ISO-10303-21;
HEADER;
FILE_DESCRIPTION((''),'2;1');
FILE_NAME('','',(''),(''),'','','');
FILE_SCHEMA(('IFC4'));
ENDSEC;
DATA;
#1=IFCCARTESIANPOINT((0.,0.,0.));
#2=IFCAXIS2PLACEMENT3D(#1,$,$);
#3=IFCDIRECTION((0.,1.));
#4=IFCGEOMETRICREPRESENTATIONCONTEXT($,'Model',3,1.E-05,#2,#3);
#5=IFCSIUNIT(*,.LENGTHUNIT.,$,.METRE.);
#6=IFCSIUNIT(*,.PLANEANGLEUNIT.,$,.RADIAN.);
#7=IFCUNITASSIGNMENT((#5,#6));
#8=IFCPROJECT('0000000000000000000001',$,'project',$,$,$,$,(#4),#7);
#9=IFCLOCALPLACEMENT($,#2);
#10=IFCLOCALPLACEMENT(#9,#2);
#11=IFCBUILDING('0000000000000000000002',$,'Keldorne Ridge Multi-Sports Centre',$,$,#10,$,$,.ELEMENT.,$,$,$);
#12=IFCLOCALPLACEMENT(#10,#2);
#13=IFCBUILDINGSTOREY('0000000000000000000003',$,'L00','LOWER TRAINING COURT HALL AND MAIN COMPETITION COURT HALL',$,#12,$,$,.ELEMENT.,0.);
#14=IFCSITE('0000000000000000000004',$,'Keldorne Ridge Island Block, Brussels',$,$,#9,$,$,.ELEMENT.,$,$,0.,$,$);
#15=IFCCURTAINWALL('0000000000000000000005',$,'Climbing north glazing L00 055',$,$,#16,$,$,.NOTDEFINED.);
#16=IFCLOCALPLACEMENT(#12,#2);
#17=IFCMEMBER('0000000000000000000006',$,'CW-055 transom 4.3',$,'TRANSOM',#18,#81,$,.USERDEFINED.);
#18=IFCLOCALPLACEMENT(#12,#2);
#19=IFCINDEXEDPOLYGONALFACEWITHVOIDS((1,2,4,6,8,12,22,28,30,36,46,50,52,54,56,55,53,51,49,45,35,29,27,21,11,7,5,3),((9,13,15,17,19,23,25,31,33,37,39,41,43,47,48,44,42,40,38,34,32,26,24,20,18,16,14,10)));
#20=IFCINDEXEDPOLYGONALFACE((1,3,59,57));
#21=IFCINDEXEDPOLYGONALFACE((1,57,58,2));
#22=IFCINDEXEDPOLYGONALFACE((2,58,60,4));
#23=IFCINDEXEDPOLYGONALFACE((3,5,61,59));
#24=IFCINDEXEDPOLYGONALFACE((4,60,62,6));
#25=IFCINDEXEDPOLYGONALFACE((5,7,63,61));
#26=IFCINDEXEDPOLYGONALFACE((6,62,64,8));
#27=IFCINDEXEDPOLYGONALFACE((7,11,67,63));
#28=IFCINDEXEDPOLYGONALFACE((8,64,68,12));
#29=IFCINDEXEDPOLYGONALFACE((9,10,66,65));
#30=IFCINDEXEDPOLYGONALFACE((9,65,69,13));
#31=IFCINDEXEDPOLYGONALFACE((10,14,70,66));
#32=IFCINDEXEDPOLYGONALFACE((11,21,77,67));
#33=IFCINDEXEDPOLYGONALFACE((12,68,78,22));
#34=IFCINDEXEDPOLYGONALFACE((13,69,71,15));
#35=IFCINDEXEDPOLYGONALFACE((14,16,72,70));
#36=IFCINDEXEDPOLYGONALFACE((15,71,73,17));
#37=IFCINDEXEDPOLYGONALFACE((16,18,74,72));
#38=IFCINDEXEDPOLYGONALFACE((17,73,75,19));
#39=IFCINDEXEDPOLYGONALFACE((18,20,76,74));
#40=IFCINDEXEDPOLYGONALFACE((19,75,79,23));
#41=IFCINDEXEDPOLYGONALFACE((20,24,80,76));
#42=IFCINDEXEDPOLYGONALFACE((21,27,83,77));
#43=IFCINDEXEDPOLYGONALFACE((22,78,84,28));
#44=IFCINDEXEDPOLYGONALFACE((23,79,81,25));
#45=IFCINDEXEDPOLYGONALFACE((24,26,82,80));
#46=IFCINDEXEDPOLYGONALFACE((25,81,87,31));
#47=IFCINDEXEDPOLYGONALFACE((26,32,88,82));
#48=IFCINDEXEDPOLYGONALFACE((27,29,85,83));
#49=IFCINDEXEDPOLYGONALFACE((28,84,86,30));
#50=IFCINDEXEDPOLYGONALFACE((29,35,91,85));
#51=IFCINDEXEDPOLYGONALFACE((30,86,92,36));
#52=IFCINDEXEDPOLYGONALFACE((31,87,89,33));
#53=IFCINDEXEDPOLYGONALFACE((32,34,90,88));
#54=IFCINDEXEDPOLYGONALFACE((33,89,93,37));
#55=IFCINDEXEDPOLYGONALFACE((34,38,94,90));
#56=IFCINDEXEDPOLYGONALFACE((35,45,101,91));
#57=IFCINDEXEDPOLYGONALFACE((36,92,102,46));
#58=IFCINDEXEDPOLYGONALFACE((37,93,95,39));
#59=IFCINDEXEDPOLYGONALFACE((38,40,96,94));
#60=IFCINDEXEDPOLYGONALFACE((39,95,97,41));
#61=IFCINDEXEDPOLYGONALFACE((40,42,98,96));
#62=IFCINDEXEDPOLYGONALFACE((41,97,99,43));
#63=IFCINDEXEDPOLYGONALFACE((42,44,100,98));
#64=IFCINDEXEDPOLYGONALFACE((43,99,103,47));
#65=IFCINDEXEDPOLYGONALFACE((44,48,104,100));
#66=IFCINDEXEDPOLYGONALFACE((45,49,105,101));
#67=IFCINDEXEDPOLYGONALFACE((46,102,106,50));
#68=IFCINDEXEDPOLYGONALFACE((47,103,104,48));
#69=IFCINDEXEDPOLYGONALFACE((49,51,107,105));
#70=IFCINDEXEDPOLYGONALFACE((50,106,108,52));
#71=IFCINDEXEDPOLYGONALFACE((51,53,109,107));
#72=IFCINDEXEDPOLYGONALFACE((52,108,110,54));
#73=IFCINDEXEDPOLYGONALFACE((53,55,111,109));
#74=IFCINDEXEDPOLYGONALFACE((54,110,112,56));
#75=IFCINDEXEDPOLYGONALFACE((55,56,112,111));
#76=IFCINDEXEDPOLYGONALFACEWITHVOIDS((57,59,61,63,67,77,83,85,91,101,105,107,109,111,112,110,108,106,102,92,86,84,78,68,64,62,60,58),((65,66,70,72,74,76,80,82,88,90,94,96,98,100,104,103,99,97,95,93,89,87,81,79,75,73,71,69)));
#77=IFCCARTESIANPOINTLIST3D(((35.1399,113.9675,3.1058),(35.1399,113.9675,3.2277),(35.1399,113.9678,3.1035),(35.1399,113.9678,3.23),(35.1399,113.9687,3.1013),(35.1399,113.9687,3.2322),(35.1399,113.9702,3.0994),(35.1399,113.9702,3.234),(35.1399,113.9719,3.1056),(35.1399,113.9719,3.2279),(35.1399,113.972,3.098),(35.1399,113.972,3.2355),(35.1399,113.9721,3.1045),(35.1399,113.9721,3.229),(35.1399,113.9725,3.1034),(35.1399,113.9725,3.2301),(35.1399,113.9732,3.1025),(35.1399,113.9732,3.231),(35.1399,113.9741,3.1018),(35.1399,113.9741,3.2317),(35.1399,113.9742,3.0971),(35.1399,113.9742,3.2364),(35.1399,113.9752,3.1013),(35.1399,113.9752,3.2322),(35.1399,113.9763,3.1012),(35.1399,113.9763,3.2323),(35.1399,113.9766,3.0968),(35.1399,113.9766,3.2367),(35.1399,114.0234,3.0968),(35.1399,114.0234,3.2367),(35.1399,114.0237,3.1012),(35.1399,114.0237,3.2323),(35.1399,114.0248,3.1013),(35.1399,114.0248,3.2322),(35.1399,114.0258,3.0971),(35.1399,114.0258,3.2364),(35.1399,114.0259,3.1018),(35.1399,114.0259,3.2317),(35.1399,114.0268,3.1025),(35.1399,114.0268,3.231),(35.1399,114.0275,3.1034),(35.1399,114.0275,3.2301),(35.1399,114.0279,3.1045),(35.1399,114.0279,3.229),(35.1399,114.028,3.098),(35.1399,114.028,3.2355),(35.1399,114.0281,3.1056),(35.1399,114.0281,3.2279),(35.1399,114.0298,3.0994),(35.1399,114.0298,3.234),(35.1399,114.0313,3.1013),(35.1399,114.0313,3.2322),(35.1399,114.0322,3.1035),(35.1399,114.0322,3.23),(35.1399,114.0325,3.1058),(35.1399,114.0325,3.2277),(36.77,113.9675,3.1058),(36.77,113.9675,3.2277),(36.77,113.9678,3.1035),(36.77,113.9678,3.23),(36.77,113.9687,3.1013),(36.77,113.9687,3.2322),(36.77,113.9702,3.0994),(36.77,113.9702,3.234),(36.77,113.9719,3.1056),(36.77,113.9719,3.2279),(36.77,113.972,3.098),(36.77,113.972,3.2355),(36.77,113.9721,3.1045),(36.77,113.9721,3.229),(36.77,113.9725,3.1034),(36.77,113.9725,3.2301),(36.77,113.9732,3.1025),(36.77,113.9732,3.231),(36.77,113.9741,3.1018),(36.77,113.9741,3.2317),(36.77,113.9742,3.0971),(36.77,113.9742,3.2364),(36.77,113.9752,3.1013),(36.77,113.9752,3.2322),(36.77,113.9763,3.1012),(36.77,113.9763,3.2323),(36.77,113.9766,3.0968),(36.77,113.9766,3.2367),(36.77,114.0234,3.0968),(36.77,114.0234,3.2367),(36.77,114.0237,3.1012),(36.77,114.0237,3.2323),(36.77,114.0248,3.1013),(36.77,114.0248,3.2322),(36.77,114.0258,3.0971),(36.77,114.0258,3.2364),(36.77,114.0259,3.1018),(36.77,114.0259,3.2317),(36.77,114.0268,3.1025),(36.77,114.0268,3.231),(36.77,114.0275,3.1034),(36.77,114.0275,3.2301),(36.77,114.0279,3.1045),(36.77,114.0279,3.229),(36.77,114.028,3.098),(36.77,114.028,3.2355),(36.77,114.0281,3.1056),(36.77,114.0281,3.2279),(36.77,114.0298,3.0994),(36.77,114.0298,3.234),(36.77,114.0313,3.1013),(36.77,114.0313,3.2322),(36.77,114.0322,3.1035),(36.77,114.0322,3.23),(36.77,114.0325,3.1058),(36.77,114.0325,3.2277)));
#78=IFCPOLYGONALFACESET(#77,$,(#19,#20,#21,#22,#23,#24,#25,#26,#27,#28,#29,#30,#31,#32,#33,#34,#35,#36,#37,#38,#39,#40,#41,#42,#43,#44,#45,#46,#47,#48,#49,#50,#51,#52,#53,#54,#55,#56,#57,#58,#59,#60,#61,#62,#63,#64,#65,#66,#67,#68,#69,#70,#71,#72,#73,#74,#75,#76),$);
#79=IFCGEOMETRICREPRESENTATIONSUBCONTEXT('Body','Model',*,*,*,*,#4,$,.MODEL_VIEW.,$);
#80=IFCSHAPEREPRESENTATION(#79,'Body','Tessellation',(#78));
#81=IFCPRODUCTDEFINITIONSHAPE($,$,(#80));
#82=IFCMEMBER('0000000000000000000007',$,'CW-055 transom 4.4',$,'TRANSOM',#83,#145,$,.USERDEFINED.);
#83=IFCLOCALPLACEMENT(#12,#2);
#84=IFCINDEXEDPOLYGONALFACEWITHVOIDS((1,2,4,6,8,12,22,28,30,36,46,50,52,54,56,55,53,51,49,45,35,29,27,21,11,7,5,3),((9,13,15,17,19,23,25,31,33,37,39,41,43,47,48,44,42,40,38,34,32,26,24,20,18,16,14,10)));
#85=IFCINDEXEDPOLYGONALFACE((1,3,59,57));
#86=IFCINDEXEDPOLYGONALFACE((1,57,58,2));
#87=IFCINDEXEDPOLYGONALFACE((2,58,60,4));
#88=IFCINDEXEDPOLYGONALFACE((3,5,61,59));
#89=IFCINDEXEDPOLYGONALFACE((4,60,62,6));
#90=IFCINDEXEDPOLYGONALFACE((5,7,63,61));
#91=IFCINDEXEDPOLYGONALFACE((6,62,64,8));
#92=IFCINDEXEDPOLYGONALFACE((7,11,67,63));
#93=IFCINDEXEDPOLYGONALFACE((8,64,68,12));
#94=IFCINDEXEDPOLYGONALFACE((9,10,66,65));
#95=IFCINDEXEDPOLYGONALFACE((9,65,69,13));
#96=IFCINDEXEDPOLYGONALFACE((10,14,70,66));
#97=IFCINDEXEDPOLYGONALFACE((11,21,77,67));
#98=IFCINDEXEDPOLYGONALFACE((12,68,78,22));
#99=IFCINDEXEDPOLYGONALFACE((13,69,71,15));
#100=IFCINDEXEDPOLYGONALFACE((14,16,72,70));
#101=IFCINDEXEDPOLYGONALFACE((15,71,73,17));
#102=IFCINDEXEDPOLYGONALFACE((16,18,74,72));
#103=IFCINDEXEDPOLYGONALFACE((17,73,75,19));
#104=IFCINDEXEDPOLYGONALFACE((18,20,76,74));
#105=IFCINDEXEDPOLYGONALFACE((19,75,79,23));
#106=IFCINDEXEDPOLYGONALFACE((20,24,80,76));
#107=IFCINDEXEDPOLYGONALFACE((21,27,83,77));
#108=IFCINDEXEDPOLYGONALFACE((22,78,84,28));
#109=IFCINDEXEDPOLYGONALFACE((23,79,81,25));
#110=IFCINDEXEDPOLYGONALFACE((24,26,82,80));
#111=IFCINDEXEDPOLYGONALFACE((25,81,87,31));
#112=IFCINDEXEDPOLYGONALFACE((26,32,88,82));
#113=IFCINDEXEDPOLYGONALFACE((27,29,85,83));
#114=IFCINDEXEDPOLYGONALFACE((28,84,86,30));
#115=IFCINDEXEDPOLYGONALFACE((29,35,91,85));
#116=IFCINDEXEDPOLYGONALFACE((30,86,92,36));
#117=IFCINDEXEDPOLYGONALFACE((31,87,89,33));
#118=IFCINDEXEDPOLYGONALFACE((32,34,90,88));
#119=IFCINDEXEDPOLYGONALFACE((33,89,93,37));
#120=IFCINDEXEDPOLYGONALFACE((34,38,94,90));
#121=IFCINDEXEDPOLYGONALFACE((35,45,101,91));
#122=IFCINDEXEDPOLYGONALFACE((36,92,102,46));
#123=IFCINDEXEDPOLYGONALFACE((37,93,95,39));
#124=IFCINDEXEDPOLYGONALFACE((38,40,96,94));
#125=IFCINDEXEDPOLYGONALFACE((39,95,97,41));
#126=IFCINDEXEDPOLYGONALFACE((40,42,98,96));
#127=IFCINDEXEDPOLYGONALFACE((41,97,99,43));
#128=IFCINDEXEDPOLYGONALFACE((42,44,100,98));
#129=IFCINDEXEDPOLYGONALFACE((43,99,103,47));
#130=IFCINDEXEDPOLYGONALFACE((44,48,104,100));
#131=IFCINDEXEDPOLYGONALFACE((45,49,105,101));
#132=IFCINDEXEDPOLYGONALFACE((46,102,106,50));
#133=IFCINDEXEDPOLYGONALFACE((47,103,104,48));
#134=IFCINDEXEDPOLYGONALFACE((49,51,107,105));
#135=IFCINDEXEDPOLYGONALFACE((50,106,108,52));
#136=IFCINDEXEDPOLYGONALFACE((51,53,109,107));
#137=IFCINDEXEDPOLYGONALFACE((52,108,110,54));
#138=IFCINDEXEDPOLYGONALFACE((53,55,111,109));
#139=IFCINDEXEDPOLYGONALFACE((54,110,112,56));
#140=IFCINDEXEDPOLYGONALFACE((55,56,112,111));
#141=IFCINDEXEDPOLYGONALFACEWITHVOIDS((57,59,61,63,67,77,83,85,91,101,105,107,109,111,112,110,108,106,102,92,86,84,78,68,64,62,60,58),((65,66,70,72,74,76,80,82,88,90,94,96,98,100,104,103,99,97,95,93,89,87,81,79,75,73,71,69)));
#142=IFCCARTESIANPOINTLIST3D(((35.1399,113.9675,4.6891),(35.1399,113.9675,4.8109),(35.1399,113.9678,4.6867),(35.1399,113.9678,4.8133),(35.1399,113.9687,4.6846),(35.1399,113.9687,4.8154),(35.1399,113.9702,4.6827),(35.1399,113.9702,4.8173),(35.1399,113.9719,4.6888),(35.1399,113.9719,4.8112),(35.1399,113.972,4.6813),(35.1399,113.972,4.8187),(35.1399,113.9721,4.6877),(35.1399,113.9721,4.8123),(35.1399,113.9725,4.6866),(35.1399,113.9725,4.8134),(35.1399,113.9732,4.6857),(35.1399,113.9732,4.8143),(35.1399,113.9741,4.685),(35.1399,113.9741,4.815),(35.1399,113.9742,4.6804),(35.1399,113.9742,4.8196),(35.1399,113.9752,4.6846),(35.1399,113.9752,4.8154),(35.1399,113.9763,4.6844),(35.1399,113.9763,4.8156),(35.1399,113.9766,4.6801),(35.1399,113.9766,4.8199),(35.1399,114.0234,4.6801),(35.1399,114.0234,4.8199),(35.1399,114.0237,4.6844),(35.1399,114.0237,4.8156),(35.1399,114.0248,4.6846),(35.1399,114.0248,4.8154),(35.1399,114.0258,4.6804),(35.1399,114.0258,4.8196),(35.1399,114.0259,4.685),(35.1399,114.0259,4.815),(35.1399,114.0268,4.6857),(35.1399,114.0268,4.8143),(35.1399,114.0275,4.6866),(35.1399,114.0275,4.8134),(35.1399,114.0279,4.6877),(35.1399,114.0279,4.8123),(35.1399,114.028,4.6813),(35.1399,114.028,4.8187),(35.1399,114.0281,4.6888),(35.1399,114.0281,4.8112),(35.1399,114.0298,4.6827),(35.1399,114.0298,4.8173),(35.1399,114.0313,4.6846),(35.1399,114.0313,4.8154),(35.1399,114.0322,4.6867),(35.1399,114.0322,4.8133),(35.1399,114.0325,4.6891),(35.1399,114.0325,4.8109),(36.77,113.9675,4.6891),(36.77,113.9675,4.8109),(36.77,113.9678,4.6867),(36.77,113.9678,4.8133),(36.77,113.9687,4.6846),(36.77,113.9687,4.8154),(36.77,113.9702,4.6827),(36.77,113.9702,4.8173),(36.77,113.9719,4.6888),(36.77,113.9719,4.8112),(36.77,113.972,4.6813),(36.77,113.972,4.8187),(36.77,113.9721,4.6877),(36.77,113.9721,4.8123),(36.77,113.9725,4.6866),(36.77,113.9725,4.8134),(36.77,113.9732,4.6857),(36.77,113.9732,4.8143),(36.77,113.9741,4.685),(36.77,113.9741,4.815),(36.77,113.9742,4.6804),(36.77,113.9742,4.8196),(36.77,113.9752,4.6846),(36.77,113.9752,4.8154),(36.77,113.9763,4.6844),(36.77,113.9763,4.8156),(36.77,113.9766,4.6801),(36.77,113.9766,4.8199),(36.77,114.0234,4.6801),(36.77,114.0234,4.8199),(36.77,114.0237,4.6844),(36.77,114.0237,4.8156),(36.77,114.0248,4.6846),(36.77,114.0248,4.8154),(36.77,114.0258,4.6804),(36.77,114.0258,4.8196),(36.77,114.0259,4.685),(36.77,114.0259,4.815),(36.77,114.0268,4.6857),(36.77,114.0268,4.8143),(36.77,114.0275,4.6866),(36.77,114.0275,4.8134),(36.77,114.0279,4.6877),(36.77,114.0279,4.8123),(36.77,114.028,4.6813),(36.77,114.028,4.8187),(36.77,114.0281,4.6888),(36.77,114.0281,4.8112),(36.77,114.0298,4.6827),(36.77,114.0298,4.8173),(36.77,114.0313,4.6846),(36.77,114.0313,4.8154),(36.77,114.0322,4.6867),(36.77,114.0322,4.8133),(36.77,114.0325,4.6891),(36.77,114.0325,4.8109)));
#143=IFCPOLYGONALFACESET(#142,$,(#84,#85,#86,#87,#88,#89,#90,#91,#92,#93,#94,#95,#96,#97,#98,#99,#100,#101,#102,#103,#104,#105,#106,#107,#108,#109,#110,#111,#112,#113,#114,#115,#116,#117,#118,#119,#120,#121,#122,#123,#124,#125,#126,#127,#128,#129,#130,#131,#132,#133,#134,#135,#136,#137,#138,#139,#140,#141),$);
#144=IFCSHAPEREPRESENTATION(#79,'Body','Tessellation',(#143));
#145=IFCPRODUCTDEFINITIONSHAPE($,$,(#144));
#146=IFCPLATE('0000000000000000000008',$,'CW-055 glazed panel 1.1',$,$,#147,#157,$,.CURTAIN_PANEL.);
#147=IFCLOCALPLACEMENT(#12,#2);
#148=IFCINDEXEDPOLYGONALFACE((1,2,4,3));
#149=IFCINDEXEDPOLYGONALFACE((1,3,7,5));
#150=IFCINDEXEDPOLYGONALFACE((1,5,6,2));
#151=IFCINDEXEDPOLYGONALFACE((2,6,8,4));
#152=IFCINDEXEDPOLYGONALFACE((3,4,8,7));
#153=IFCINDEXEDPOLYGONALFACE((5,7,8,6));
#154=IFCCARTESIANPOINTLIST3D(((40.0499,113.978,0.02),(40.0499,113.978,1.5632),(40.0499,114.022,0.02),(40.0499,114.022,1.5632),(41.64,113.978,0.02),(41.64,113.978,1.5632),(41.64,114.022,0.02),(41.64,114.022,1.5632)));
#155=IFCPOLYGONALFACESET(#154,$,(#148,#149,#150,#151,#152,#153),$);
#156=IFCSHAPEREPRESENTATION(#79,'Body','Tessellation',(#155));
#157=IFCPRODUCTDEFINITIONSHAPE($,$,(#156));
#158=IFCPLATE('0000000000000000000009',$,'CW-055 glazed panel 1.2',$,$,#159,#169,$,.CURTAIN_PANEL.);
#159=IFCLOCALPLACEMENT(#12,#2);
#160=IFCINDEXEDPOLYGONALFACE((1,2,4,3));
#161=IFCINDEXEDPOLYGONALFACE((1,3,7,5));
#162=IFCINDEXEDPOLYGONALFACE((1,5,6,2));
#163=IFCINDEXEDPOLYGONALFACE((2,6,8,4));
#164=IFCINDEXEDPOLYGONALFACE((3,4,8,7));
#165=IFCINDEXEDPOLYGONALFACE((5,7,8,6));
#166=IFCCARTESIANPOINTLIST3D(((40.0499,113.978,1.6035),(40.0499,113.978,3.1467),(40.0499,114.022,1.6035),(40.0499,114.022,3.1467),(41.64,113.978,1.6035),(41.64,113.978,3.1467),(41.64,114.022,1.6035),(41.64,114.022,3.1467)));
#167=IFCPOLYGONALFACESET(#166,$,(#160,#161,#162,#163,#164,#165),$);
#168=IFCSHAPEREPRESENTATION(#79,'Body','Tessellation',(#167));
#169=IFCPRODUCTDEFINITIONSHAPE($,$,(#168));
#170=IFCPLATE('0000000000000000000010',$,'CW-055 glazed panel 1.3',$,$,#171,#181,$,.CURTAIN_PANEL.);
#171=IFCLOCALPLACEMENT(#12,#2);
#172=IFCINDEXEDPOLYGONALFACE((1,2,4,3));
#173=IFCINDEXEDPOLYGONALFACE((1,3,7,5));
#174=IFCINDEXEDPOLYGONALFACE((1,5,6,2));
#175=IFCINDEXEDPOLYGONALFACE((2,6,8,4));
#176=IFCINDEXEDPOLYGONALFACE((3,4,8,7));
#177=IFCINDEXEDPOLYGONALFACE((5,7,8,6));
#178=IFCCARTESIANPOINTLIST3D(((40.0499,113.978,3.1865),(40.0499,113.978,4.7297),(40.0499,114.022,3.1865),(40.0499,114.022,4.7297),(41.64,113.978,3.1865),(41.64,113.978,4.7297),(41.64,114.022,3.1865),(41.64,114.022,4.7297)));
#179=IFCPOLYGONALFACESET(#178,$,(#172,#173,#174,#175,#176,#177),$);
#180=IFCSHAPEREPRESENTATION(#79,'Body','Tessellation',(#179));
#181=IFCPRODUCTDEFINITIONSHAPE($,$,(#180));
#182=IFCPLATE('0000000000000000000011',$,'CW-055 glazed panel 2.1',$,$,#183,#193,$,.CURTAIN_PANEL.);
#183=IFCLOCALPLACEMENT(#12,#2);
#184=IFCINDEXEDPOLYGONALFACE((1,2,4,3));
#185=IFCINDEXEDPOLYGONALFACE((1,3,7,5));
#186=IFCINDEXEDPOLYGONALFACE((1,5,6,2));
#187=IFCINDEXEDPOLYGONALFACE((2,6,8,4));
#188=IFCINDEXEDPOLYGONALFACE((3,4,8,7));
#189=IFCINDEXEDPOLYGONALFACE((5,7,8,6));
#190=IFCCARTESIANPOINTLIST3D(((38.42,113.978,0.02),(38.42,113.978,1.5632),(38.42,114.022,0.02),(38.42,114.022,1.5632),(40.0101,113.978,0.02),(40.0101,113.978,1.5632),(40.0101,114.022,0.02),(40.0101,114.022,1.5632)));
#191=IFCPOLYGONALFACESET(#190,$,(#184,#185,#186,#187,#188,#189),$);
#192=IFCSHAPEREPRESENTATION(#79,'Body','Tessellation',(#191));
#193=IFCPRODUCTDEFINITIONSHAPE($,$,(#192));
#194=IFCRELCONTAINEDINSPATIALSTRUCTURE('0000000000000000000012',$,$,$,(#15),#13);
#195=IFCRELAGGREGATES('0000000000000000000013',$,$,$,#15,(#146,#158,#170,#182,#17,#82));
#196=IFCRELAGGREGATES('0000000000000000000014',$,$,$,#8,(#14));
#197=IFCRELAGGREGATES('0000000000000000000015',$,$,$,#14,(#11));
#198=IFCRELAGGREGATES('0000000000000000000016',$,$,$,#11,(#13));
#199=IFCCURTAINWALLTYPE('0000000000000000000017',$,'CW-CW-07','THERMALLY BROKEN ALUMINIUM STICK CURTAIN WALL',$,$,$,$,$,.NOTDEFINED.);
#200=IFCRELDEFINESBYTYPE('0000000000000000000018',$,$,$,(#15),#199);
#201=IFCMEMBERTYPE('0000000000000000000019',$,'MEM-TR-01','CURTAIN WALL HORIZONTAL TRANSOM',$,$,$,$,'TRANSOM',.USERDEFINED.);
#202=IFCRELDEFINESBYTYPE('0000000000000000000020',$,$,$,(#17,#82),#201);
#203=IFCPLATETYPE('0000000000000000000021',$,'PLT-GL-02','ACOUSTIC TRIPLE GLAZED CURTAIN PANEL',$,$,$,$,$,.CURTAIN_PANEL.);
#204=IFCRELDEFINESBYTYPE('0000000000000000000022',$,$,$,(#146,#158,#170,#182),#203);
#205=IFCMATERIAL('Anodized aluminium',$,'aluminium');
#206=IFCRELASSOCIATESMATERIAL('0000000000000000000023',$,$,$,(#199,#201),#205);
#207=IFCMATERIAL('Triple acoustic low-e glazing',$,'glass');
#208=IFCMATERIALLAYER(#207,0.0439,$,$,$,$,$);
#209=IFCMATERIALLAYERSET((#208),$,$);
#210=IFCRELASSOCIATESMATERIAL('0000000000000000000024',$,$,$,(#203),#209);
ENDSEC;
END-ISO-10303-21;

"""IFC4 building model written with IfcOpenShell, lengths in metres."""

from ifc_helpers import new_model, si_unit, direction, frame, origin, origin_2d, place, context, subcontext, project, spatial, rectangle, hollow_rectangle, extrude, material, layer, layer_set, material_profile, profile_set, type_object, element, aggregate, save


model = new_model("IFC4")

# Units and contexts
model_context = context("Model", 3, precision=1e-05, world=origin(), true_north=direction((0.0, 1.0)))
body_context = subcontext(model_context, "Body", "Model", "MODEL_VIEW")
ifc_project = project(units=[si_unit("LENGTHUNIT", "METRE"), si_unit("PLANEANGLEUNIT", "RADIAN")], contexts=[model_context])

# Site, building, storey
site_placement = place(None, origin())
site = spatial("IfcSite", under=ifc_project, at=site_placement, Name="Keldorne Ridge Island Block, Brussels", CompositionType="ELEMENT", RefElevation=0.0)
building_placement = place(site_placement, origin())
building = spatial("IfcBuilding", under=site, at=building_placement, Name="Keldorne Ridge Multi-Sports Centre", CompositionType="ELEMENT")
storey_placement = place(building_placement, origin())
storey = spatial("IfcBuildingStorey", under=building, at=storey_placement, Name="L00", Description="LOWER TRAINING COURT HALL AND MAIN COMPETITION COURT HALL", CompositionType="ELEMENT", Elevation=0.0)

# Curtain wall, members, plates
ifc_material_1 = material(Name="Anodized aluminium", Category="aluminium")
curtain_wall_type = type_object("IfcCurtainWallType", Name="CW-CW-07", Description="THERMALLY BROKEN ALUMINIUM STICK CURTAIN WALL", PredefinedType="NOTDEFINED", material=ifc_material_1)
curtain_wall_placement = place(storey_placement, origin())
curtain_wall = element("IfcCurtainWall", 1, at=curtain_wall_placement, inside=storey, type_object=curtain_wall_type, Name="Climbing north glazing L00 055", PredefinedType="NOTDEFINED")
ifc_material_profile_1 = material_profile(ifc_material_1, hollow_rectangle(XDim=0.0649, YDim=0.1399, WallThickness=0.0044, InnerFilletRadius=0.0044, OuterFilletRadius=0.009, at=origin_2d()), Name="ALU TRANSOM 140x65x4.5")
ifc_profile_set_1 = profile_set([ifc_material_profile_1], Name="Anodized aluminium")
member_type_1 = type_object("IfcMemberType", Name="MEM-TR-01", Description="CURTAIN WALL HORIZONTAL TRANSOM", ElementType="TRANSOM", PredefinedType="USERDEFINED", material=ifc_profile_set_1)
member_1_placement = place(storey_placement, frame((36.77, 114.0, 3.1667), z_axis=(-1.0, 0.0, 0.0), x_axis=(0.0, -1.0, 0.0)))
member_1 = element("IfcMember", 2, at=member_1_placement, type_object=member_type_1, Name="CW-055 transom 4.3", ObjectType="TRANSOM", PredefinedType="USERDEFINED", context=body_context, shape_type="SweptSolid", body=[
    extrude(hollow_rectangle(XDim=0.0649, YDim=0.1399, WallThickness=0.0044, InnerFilletRadius=0.0044, OuterFilletRadius=0.009, at=origin_2d()), origin(), (0.0, 0.0, 1.0), 1.6301),
])
member_2_placement = place(storey_placement, frame((36.77, 114.0, 4.75), z_axis=(-1.0, 0.0, 0.0), x_axis=(0.0, -1.0, 0.0)))
member_2 = element("IfcMember", 3, at=member_2_placement, type_object=member_type_1, Name="CW-055 transom 4.4", ObjectType="TRANSOM", PredefinedType="USERDEFINED", context=body_context, shape_type="SweptSolid", body=[
    extrude(hollow_rectangle(XDim=0.0649, YDim=0.1399, WallThickness=0.0044, InnerFilletRadius=0.0044, OuterFilletRadius=0.009, at=origin_2d()), origin(), (0.0, 0.0, 1.0), 1.6301),
])
ifc_material_2 = material(Name="Triple acoustic low-e glazing", Category="glass")
ifc_layer = layer(ifc_material_2, 0.0439)
ifc_layer_set = layer_set([ifc_layer])
plate_type = type_object("IfcPlateType", Name="PLT-GL-02", Description="ACOUSTIC TRIPLE GLAZED CURTAIN PANEL", PredefinedType="CURTAIN_PANEL", material=ifc_layer_set)
plate_1_placement = place(storey_placement, frame((40.845, 114.0, 0.02), z_axis=(0.0, 0.0, 1.0), x_axis=(-1.0, 0.0, 0.0)))
plate_1 = element("IfcPlate", 4, at=plate_1_placement, type_object=plate_type, Name="CW-055 glazed panel 1.1", PredefinedType="CURTAIN_PANEL", context=body_context, shape_type="SweptSolid", body=[
    extrude(rectangle(XDim=1.5901, YDim=0.0439, at=origin_2d()), origin(), (0.0, 0.0, 1.0), 1.5432),
])
plate_2_placement = place(storey_placement, frame((40.845, 114.0, 1.6035), z_axis=(0.0, 0.0, 1.0), x_axis=(-1.0, 0.0, 0.0)))
plate_2 = element("IfcPlate", 5, at=plate_2_placement, type_object=plate_type, Name="CW-055 glazed panel 1.2", PredefinedType="CURTAIN_PANEL", context=body_context, shape_type="SweptSolid", body=[
    extrude(rectangle(XDim=1.5901, YDim=0.0439, at=origin_2d()), origin(), (0.0, 0.0, 1.0), 1.5432),
])
plate_3_placement = place(storey_placement, frame((40.845, 114.0, 3.1865), z_axis=(0.0, 0.0, 1.0), x_axis=(-1.0, 0.0, 0.0)))
plate_3 = element("IfcPlate", 6, at=plate_3_placement, type_object=plate_type, Name="CW-055 glazed panel 1.3", PredefinedType="CURTAIN_PANEL", context=body_context, shape_type="SweptSolid", body=[
    extrude(rectangle(XDim=1.5901, YDim=0.0439, at=origin_2d()), origin(), (0.0, 0.0, 1.0), 1.5432),
])
plate_4_placement = place(storey_placement, frame((39.2151, 114.0, 0.02), z_axis=(0.0, 0.0, 1.0), x_axis=(-1.0, 0.0, 0.0)))
plate_4 = element("IfcPlate", 7, at=plate_4_placement, type_object=plate_type, Name="CW-055 glazed panel 2.1", PredefinedType="CURTAIN_PANEL", context=body_context, shape_type="SweptSolid", body=[
    extrude(rectangle(XDim=1.5901, YDim=0.0439, at=origin_2d()), origin(), (0.0, 0.0, 1.0), 1.5432),
])
aggregate(curtain_wall, [plate_1, plate_2, plate_3, plate_4, member_1, member_2])

save(model, "model.ifc")
